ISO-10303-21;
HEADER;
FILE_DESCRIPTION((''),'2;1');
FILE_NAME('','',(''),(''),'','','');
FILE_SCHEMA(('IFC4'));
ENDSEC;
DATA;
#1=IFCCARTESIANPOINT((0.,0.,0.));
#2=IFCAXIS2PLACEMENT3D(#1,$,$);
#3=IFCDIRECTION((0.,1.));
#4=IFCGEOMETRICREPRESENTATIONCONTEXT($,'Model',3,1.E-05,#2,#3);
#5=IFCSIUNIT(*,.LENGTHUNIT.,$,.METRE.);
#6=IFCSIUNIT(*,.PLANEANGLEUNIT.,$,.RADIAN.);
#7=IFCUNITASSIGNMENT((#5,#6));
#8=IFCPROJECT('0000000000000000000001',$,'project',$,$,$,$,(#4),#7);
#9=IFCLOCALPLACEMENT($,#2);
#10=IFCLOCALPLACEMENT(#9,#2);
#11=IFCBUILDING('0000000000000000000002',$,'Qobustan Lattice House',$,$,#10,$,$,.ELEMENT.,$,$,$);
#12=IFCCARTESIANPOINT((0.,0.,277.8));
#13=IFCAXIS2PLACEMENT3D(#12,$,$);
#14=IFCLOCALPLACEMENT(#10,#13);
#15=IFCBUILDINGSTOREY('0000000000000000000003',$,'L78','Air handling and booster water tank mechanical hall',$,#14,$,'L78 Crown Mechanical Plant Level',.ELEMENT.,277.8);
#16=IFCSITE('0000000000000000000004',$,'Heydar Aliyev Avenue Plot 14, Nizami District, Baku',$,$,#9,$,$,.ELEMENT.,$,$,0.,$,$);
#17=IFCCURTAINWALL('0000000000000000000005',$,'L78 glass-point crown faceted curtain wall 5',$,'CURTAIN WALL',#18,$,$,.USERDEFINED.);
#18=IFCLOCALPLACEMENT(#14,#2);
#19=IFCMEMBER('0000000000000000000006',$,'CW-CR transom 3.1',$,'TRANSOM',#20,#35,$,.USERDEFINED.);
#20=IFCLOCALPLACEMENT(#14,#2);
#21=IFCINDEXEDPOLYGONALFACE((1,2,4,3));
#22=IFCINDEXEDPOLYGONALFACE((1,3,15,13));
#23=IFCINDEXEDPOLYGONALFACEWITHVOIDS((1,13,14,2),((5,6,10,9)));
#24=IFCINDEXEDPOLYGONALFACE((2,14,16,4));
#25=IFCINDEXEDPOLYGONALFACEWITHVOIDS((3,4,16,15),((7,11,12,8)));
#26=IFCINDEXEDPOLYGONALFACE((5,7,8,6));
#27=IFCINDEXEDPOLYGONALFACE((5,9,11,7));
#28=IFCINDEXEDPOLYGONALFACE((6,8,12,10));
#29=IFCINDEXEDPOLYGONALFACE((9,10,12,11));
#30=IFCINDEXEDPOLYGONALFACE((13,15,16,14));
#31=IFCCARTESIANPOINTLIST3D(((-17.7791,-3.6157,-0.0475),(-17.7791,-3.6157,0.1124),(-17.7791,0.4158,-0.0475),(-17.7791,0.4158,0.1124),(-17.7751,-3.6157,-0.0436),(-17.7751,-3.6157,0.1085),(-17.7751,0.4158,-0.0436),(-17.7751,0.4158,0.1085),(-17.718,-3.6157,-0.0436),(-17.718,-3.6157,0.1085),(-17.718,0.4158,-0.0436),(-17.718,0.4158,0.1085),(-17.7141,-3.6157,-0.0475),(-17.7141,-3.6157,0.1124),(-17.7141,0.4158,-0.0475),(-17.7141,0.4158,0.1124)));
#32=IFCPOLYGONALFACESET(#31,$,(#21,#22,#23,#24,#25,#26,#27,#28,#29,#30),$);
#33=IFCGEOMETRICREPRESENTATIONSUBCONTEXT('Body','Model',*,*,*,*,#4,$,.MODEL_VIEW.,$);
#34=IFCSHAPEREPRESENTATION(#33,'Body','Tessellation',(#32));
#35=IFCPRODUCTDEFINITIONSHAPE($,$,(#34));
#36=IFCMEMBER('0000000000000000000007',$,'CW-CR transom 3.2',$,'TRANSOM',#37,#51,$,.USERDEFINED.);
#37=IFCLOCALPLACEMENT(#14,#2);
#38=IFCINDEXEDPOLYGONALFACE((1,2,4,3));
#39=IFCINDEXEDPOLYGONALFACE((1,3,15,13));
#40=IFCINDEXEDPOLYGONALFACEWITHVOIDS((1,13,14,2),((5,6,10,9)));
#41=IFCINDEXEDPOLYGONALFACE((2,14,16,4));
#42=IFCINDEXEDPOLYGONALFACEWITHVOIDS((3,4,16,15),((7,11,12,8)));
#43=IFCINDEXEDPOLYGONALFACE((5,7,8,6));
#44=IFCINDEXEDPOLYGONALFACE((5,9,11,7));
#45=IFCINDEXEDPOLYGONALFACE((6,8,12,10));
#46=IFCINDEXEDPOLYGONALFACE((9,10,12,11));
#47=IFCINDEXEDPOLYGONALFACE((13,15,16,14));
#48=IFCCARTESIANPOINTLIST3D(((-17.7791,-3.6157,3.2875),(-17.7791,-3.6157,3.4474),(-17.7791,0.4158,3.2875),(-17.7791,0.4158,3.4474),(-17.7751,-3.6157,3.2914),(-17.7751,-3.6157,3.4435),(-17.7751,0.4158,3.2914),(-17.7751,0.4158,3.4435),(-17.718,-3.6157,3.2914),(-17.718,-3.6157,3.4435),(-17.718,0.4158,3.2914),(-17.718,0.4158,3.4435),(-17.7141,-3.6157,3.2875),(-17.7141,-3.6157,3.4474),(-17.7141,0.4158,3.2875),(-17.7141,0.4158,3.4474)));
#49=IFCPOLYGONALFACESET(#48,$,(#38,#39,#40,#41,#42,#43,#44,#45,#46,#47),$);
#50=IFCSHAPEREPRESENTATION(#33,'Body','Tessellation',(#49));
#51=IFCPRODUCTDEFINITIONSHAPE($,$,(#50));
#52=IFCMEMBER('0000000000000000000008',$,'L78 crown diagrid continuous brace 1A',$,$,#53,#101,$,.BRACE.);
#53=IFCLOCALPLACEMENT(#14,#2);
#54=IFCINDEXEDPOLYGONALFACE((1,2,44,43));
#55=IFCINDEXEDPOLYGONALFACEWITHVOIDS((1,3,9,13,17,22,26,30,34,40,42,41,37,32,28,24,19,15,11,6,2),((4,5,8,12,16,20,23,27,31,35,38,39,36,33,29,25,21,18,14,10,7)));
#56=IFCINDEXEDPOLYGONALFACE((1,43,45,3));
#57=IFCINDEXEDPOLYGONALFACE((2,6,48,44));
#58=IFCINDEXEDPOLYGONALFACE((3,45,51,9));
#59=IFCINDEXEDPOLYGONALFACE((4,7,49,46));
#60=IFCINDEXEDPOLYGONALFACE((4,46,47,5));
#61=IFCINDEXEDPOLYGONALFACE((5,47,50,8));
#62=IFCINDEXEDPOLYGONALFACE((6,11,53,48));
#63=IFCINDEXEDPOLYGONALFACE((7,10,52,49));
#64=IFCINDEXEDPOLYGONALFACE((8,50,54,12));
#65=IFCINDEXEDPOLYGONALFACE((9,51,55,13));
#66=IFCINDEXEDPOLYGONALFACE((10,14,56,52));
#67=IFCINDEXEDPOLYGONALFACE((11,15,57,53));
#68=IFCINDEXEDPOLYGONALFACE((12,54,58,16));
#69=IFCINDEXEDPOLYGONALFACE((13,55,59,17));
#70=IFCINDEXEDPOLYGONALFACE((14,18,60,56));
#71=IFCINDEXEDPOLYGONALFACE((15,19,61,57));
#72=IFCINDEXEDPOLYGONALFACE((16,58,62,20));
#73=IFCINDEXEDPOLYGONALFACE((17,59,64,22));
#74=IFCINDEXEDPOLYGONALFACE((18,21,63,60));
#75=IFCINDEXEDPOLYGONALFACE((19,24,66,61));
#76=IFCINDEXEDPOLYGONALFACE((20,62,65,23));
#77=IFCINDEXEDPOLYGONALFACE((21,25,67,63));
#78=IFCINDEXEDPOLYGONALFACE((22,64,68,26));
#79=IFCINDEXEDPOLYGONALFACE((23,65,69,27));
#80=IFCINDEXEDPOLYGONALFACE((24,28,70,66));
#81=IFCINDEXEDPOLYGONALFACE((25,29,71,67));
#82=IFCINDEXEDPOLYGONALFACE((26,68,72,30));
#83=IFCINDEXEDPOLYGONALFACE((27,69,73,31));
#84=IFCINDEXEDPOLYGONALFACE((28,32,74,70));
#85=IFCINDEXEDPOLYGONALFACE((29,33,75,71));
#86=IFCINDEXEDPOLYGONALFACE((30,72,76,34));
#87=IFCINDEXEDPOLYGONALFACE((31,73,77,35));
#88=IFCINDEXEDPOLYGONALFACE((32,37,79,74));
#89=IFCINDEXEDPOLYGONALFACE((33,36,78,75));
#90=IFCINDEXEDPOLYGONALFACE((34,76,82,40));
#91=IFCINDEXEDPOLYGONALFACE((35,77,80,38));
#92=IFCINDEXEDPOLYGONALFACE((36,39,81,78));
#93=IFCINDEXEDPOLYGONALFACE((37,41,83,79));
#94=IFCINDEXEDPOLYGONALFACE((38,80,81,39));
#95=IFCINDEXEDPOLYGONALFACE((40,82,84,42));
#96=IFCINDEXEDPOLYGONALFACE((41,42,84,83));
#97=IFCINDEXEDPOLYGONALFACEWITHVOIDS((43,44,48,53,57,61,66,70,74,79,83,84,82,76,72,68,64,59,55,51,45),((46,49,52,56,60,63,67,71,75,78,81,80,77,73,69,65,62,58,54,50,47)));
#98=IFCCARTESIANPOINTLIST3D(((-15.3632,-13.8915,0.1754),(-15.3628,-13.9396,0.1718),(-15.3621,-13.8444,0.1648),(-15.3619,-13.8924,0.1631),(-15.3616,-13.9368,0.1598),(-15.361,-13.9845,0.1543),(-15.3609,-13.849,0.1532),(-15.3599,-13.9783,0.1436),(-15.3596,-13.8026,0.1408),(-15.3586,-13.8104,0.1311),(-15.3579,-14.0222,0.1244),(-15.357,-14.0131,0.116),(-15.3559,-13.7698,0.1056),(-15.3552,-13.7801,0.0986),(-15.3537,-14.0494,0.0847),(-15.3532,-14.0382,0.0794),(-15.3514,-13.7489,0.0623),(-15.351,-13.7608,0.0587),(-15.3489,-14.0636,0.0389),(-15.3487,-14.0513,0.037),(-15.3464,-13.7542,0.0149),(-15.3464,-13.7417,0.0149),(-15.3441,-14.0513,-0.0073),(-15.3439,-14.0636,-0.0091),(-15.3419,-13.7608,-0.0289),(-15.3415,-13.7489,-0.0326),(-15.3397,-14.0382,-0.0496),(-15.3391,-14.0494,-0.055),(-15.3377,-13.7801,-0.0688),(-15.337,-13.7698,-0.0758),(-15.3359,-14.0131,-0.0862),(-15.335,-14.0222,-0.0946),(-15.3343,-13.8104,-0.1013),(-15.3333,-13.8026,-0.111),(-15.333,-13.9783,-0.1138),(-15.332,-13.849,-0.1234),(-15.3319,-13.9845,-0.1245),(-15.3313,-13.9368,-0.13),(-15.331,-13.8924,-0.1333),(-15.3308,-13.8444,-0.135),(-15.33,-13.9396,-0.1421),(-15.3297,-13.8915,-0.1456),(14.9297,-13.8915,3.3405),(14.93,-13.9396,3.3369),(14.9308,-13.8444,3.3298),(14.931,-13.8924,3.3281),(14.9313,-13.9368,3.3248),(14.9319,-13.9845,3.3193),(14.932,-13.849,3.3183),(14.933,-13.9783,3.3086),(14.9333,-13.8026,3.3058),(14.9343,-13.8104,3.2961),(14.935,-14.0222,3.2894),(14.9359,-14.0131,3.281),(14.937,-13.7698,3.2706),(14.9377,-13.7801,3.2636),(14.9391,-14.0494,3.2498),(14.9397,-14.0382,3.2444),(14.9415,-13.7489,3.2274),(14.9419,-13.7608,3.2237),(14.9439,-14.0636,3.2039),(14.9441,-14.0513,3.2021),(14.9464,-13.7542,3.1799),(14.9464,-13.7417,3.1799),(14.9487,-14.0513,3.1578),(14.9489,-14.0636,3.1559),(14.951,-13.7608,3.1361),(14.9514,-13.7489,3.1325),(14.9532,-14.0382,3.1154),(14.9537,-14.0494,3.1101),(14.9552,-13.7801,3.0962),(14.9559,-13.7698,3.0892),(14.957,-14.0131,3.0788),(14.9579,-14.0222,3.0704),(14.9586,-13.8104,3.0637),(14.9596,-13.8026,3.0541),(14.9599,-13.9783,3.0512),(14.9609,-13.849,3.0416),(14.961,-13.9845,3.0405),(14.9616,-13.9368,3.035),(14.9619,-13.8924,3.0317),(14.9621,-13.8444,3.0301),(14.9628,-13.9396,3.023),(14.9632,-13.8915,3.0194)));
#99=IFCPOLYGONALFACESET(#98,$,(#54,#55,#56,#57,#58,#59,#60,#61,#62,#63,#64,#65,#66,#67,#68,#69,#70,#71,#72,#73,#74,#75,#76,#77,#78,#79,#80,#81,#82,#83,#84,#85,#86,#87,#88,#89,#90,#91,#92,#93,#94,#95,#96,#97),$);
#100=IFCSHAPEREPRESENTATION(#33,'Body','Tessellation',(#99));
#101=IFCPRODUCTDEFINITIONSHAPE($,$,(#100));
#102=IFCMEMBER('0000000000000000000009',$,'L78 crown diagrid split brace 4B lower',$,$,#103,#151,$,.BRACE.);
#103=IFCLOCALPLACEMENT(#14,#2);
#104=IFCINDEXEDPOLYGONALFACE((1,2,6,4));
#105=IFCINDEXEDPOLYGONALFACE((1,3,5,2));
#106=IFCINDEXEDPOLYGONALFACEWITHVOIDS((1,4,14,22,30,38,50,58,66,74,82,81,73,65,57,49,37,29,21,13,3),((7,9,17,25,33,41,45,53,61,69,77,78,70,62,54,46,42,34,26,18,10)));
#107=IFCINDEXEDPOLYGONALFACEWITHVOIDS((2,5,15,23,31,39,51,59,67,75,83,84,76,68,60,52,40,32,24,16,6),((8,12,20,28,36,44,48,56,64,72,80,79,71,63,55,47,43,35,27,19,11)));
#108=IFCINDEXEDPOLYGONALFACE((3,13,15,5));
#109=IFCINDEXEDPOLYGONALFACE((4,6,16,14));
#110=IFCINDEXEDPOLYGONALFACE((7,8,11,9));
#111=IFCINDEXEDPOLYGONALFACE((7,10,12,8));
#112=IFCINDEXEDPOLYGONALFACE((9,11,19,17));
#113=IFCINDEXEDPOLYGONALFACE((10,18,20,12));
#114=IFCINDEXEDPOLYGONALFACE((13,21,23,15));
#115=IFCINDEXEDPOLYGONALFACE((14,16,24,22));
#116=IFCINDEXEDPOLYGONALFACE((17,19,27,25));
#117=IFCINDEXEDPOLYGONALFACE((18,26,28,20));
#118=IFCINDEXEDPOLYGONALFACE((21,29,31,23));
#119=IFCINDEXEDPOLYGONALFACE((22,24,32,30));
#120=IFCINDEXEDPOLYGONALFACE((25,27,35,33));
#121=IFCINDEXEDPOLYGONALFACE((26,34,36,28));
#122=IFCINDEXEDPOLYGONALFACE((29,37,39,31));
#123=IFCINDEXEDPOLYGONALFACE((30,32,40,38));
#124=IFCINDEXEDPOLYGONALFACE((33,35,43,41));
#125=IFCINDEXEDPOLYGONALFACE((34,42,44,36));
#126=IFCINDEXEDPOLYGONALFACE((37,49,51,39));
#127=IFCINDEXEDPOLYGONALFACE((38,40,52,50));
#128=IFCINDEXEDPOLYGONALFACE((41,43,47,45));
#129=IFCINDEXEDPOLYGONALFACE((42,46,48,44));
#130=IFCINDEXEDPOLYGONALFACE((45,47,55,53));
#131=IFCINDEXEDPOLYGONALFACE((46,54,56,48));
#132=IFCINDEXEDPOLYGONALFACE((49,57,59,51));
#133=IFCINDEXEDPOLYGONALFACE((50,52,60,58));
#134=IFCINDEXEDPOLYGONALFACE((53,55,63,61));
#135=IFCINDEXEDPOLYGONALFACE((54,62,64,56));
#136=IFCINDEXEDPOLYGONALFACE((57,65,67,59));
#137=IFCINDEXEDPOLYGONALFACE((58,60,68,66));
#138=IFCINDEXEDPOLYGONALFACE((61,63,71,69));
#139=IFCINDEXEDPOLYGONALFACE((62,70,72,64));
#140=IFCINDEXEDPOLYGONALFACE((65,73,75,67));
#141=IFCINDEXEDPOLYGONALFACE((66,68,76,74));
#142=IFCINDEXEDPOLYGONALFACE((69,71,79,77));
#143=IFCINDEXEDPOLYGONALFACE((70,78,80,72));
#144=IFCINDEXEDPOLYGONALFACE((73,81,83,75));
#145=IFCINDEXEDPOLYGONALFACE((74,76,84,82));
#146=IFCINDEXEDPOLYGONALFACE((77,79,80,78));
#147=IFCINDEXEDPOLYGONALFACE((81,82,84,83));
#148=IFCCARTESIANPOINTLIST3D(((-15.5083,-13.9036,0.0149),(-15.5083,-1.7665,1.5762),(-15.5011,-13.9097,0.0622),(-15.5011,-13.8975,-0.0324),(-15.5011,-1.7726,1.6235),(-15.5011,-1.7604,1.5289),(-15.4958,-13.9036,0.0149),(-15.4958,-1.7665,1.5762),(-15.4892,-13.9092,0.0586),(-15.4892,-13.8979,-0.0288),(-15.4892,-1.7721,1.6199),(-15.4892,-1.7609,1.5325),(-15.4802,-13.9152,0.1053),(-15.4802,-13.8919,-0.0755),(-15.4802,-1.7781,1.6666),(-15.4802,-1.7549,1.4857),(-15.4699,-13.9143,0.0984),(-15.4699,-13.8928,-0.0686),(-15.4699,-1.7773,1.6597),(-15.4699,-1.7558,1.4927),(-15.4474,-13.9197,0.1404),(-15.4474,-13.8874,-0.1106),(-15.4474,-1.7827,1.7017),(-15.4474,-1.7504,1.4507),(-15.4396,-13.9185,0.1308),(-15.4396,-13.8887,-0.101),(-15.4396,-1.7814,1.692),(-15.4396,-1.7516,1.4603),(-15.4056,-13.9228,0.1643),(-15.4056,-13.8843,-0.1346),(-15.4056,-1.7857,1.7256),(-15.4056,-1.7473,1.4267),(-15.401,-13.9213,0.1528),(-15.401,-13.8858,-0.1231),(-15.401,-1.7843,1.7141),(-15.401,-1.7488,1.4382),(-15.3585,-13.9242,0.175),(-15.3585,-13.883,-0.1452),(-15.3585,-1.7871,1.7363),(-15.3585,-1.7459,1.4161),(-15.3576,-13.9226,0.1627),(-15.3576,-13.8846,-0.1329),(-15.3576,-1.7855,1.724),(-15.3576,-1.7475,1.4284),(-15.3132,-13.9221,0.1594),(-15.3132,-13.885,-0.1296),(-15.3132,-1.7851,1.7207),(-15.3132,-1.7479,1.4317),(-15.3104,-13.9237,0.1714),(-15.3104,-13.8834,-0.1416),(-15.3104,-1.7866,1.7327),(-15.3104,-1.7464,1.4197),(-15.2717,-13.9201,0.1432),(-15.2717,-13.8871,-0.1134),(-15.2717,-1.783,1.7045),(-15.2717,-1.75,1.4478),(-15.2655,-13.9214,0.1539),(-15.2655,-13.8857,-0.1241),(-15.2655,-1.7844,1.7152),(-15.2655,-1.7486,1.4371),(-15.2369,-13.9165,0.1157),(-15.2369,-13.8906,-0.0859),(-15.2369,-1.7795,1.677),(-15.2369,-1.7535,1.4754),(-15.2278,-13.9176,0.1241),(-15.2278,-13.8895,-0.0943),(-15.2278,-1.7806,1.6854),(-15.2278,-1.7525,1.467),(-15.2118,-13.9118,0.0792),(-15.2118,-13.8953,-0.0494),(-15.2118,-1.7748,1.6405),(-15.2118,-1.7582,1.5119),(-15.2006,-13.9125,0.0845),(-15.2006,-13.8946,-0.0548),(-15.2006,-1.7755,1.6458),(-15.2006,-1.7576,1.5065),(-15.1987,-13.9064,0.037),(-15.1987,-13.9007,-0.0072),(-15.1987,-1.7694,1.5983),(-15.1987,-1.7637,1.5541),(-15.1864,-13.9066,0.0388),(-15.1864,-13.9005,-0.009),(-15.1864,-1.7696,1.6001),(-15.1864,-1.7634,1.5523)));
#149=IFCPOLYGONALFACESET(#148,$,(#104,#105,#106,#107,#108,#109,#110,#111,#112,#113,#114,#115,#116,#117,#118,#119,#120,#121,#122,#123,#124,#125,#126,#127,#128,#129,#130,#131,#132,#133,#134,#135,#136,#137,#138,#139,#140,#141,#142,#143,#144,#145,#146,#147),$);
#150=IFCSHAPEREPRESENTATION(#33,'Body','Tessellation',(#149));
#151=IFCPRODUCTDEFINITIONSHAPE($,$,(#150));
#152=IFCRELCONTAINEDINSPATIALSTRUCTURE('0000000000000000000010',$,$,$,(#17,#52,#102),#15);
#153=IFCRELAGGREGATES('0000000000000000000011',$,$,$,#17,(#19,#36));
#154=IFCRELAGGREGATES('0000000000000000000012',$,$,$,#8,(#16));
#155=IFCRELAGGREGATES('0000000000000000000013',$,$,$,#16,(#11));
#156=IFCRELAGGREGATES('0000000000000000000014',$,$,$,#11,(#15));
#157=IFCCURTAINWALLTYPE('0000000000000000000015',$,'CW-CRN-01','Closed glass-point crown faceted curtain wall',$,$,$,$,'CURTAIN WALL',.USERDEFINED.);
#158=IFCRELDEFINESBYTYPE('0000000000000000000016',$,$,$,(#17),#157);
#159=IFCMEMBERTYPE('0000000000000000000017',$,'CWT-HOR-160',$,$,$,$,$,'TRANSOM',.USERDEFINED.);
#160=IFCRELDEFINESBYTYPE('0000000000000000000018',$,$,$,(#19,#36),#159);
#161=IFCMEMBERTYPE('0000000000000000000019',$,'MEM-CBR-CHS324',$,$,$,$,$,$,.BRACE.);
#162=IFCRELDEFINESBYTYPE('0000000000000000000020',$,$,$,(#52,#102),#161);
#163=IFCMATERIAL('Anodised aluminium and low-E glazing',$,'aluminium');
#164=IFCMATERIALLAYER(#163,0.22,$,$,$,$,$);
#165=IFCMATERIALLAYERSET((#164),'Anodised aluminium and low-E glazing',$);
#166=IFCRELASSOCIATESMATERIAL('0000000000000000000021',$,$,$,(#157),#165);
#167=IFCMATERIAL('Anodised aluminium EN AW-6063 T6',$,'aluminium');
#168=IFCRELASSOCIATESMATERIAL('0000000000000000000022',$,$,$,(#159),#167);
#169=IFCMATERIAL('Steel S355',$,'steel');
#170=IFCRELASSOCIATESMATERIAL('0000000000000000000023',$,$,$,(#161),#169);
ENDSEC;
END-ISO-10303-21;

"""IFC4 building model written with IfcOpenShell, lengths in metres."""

from ifc_helpers import new_model, si_unit, direction, frame, origin, origin_2d, place, context, subcontext, project, spatial, hollow_rectangle, hollow_circle, extrude, material, layer, layer_set, material_profile, profile_set, type_object, element, aggregate, save


model = new_model("IFC4")

# Units and contexts
model_context = context("Model", 3, precision=1e-05, world=origin(), true_north=direction((0.0, 1.0)))
body_context = subcontext(model_context, "Body", "Model", "MODEL_VIEW")
ifc_project = project(units=[si_unit("LENGTHUNIT", "METRE"), si_unit("PLANEANGLEUNIT", "RADIAN")], contexts=[model_context])

# Site, building, storey
site_placement = place(None, origin())
site = spatial("IfcSite", under=ifc_project, at=site_placement, Name="Heydar Aliyev Avenue Plot 14, Nizami District, Baku", CompositionType="ELEMENT", RefElevation=0.0)
building_placement = place(site_placement, origin())
building = spatial("IfcBuilding", under=site, at=building_placement, Name="Qobustan Lattice House", CompositionType="ELEMENT")
storey_placement = place(building_placement, frame((0.0, 0.0, 277.8)))
storey = spatial("IfcBuildingStorey", under=building, at=storey_placement, Name="L78", Description="Air handling and booster water tank mechanical hall", LongName="L78 Crown Mechanical Plant Level", CompositionType="ELEMENT", Elevation=277.8)

# Curtain wall
ifc_material_1 = material(Name="Anodised aluminium and low-E glazing", Category="aluminium")
ifc_layer_1 = layer(ifc_material_1, 0.22)
ifc_layer_set_1 = layer_set([ifc_layer_1], Name="Anodised aluminium and low-E glazing")
curtain_wall_type = type_object("IfcCurtainWallType", Name="CW-CRN-01", Description="Closed glass-point crown faceted curtain wall", ElementType="CURTAIN WALL", PredefinedType="USERDEFINED", material=ifc_layer_set_1)
curtain_wall_1_placement = place(storey_placement, origin())
curtain_wall_1 = element("IfcCurtainWall", 1, at=curtain_wall_1_placement, inside=storey, type_object=curtain_wall_type, Name="L78 glass-point crown faceted curtain wall 5", ObjectType="CURTAIN WALL", PredefinedType="USERDEFINED")

# Members
ifc_material_2 = material(Name="Anodised aluminium EN AW-6063 T6", Category="aluminium")
ifc_material_profile_1 = material_profile(ifc_material_2, hollow_rectangle(XDim=0.0649, YDim=0.1599, WallThickness=0.0039, at=origin_2d()), Name="CWT-160x65")
ifc_profile_set_1 = profile_set([ifc_material_profile_1], Name="Anodised aluminium EN AW-6063 T6")
member_type_1 = type_object("IfcMemberType", Name="CWT-HOR-160", ElementType="TRANSOM", PredefinedType="USERDEFINED", material=ifc_profile_set_1)
member_1_placement = place(storey_placement, frame((-17.7466, -3.6157, 0.0325), z_axis=(0.0, 1.0, 0.0), x_axis=(-1.0, 0.0, 0.0)))
member_1 = element("IfcMember", 2, at=member_1_placement, type_object=member_type_1, Name="CW-CR transom 3.1", ObjectType="TRANSOM", PredefinedType="USERDEFINED", context=body_context, shape_type="SweptSolid", body=[
    extrude(hollow_rectangle(XDim=0.0649, YDim=0.1599, WallThickness=0.0039, at=origin_2d()), origin(), (0.0, 0.0, 1.0), 4.0315),
])
member_2_placement = place(storey_placement, frame((-17.7466, -3.6157, 3.3674), z_axis=(0.0, 1.0, 0.0), x_axis=(-1.0, 0.0, 0.0)))
member_2 = element("IfcMember", 3, at=member_2_placement, type_object=member_type_1, Name="CW-CR transom 3.2", ObjectType="TRANSOM", PredefinedType="USERDEFINED", context=body_context, shape_type="SweptSolid", body=[
    extrude(hollow_rectangle(XDim=0.0649, YDim=0.1599, WallThickness=0.0039, at=origin_2d()), origin(), (0.0, 0.0, 1.0), 4.0315),
])

# Members
ifc_material_3 = material(Name="Steel S355", Category="steel")
ifc_material_profile_2 = material_profile(ifc_material_3, hollow_circle(Radius=0.1619, WallThickness=0.0125, at=origin_2d()), Name="CHS323.9x12.5")
ifc_profile_set_2 = profile_set([ifc_material_profile_2], Name="Steel S355")
member_type_2 = type_object("IfcMemberType", Name="MEM-CBR-CHS324", PredefinedType="BRACE", material=ifc_profile_set_2)
member_3_placement = place(storey_placement, frame((-15.3464, -13.9036, 0.0149), z_axis=(0.994586, 0.0, 0.103915), x_axis=(0.0, 1.0, 0.0)))
element("IfcMember", 4, at=member_3_placement, inside=storey, type_object=member_type_2, Name="L78 crown diagrid continuous brace 1A", PredefinedType="BRACE", context=body_context, shape_type="SweptSolid", body=[
    extrude(hollow_circle(Radius=0.1619, WallThickness=0.0125, at=origin_2d()), origin(), (0.0, 0.0, 1.0), 30.4578),
])
member_4_placement = place(storey_placement, frame((-15.3464, -13.9036, 0.0149), z_axis=(0.0, 0.991827, 0.127587), x_axis=(-1.0, 0.0, 0.0)))
element("IfcMember", 5, at=member_4_placement, inside=storey, type_object=member_type_2, Name="L78 crown diagrid split brace 4B lower", PredefinedType="BRACE", context=body_context, shape_type="SweptSolid", body=[
    extrude(hollow_circle(Radius=0.1619, WallThickness=0.0125, at=origin_2d()), origin(), (0.0, 0.0, 1.0), 12.2371),
])

aggregate(curtain_wall_1, [member_1, member_2])

save(model, "model.ifc")
